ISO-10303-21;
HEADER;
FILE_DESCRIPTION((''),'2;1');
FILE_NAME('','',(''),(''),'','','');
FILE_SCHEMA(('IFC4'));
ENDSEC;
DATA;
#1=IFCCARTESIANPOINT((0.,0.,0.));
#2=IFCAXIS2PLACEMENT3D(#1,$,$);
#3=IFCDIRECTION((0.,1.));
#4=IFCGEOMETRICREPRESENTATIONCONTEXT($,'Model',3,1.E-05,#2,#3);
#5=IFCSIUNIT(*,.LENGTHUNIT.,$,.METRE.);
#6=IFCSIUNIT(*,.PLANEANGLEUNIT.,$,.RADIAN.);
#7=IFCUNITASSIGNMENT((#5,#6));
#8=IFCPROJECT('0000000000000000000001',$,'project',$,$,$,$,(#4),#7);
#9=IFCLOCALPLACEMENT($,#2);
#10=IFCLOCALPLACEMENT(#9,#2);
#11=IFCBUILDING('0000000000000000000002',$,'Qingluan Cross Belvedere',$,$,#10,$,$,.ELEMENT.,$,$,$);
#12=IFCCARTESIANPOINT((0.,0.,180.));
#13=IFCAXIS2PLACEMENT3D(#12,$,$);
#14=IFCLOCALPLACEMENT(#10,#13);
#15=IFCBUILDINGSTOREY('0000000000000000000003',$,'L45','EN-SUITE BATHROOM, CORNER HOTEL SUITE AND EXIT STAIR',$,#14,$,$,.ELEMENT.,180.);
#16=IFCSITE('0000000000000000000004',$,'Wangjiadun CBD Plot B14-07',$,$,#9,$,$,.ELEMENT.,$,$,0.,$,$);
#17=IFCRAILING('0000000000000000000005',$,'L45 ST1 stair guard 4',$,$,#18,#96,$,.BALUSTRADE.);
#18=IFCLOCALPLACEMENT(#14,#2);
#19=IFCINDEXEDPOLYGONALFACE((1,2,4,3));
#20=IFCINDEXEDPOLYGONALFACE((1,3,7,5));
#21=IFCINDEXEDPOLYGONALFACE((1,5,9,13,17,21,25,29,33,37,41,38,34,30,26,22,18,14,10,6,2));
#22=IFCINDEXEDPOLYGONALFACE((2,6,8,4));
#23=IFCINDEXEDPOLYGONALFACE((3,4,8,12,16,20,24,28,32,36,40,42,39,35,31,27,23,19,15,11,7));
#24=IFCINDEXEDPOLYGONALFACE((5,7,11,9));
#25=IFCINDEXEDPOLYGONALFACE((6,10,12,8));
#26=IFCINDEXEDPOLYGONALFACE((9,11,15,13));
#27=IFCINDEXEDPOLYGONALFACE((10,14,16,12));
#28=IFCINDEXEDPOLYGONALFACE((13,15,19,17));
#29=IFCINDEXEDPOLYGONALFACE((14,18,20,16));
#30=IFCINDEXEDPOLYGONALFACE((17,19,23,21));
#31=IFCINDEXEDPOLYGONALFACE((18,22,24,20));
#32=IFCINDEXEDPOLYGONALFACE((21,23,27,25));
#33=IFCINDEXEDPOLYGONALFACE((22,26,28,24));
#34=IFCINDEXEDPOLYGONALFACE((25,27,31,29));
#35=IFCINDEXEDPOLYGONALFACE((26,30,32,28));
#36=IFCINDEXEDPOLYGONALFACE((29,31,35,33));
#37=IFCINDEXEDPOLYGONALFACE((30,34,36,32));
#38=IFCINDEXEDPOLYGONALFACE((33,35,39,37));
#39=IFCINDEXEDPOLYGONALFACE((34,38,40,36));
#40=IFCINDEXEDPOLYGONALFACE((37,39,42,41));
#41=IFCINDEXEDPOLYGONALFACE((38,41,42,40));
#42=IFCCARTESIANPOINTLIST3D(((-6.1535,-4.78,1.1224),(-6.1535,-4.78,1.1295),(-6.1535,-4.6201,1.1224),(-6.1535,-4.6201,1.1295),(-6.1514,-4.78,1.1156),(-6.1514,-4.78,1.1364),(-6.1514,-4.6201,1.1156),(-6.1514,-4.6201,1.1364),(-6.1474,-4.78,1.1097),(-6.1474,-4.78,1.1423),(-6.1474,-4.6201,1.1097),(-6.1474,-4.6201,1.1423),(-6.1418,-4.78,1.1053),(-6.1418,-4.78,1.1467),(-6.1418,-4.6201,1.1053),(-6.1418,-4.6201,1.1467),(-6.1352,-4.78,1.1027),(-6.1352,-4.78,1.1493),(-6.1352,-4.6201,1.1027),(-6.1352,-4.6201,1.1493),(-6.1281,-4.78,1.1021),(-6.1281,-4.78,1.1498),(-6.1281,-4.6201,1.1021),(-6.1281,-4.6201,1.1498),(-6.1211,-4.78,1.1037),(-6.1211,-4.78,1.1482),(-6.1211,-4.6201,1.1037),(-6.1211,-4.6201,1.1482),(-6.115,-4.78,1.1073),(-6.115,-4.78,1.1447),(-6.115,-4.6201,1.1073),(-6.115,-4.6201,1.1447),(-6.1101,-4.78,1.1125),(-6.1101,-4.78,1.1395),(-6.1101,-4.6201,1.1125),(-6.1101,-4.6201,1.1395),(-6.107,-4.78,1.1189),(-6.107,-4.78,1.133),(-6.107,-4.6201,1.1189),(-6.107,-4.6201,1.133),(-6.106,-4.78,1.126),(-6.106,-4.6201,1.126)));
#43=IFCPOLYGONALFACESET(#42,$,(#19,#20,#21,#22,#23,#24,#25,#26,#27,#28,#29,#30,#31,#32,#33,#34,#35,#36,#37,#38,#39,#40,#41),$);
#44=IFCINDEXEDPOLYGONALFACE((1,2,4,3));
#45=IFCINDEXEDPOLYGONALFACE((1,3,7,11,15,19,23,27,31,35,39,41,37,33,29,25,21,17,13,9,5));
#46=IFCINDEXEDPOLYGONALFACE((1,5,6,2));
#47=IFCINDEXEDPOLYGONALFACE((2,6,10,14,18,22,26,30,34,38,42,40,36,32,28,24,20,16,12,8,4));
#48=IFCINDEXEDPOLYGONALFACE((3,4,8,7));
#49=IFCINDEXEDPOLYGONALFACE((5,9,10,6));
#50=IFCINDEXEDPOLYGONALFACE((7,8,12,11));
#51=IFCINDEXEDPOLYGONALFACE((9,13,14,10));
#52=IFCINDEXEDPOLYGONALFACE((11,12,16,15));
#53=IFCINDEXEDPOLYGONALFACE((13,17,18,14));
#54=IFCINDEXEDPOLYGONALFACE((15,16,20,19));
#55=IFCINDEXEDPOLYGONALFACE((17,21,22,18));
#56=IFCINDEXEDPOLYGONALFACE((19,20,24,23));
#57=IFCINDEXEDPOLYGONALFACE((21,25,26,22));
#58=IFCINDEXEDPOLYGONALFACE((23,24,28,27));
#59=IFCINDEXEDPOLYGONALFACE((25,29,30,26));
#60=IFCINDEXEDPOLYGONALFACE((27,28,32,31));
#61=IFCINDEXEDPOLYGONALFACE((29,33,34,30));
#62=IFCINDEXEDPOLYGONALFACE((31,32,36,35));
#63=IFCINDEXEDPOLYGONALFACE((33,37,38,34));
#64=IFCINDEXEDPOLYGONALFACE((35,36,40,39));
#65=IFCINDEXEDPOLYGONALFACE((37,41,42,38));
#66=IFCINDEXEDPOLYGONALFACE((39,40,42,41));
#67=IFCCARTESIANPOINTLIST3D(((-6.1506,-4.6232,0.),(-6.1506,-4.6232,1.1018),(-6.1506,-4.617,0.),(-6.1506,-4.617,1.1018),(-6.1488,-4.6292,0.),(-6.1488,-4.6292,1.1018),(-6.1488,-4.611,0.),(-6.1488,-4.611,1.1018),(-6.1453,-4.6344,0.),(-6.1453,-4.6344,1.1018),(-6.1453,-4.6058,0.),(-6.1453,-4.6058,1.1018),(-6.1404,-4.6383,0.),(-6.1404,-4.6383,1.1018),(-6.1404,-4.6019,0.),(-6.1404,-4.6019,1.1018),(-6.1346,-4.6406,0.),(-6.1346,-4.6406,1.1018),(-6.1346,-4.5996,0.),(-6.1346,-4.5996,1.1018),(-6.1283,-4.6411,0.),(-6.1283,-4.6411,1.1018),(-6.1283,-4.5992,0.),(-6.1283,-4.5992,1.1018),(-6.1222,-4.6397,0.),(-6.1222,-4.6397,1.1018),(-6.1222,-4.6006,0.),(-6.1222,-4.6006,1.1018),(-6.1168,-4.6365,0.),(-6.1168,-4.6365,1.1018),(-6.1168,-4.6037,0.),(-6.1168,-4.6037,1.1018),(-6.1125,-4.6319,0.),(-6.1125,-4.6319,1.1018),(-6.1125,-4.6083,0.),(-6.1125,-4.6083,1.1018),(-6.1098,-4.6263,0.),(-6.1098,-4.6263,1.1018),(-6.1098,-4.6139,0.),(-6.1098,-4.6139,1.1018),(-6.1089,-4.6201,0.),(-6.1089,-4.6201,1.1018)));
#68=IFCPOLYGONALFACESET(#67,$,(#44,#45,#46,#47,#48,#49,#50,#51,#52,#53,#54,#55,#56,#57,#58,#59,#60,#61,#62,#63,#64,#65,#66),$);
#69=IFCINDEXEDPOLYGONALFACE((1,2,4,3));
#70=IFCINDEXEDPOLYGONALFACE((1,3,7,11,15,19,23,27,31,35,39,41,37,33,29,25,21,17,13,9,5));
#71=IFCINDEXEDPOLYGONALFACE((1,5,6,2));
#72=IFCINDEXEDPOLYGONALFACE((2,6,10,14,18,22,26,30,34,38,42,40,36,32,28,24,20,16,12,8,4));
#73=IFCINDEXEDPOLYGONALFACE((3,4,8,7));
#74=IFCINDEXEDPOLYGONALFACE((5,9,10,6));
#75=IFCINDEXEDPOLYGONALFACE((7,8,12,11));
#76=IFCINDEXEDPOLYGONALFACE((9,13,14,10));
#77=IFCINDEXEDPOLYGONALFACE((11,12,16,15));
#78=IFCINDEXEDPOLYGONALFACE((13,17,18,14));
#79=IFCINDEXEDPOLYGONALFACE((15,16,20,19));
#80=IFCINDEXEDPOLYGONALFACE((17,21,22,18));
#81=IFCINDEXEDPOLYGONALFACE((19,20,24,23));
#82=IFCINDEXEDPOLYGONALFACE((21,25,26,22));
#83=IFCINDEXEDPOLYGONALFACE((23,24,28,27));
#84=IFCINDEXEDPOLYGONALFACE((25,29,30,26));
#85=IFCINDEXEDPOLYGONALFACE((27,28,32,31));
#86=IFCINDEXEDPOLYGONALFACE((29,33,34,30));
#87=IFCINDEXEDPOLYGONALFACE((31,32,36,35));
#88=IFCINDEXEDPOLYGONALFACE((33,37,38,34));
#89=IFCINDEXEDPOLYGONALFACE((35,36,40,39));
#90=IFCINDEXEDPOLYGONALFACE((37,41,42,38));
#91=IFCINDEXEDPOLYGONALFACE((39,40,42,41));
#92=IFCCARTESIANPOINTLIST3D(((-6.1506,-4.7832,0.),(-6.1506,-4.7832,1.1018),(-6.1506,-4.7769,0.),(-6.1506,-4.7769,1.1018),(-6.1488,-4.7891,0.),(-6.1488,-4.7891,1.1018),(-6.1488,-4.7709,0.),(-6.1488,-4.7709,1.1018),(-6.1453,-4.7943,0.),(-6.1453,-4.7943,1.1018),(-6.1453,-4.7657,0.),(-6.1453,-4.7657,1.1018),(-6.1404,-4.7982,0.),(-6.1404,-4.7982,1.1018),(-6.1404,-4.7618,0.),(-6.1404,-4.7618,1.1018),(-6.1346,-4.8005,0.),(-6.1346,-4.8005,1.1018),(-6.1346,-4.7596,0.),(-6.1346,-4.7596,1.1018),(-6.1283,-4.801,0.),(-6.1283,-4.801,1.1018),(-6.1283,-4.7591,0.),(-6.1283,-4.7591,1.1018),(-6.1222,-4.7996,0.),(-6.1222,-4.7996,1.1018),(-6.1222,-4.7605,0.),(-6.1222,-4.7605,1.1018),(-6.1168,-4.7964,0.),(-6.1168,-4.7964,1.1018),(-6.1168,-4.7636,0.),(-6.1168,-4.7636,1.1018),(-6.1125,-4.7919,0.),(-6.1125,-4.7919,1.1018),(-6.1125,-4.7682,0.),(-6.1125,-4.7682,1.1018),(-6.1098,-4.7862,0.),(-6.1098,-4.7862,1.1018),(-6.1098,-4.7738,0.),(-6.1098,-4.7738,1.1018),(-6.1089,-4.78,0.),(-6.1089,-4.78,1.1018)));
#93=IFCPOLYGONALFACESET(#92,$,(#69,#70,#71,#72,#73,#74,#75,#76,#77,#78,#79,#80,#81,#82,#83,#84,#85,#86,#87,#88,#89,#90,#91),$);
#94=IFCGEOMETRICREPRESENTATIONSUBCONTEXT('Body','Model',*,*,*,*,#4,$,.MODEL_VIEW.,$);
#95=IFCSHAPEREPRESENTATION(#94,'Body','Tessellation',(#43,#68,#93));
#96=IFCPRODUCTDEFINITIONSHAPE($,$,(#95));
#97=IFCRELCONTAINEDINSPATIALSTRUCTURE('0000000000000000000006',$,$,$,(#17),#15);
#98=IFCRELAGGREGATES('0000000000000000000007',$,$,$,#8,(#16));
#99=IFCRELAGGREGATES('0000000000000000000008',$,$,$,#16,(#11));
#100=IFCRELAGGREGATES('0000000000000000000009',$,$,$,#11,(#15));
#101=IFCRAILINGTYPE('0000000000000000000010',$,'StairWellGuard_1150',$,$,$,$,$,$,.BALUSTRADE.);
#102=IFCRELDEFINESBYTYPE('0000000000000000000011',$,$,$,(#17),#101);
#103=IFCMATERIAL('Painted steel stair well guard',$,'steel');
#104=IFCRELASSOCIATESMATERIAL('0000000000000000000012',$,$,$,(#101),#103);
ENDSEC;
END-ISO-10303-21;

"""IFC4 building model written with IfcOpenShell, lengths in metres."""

from ifc_helpers import new_model, si_unit, direction, frame, origin, origin_2d, place, context, subcontext, project, spatial, circle, extrude, material, type_object, element, save


model = new_model("IFC4")

# Units and contexts
model_context = context("Model", 3, precision=1e-05, world=origin(), true_north=direction((0.0, 1.0)))
body_context = subcontext(model_context, "Body", "Model", "MODEL_VIEW")
ifc_project = project(units=[si_unit("LENGTHUNIT", "METRE"), si_unit("PLANEANGLEUNIT", "RADIAN")], contexts=[model_context])

# Site, building, storey
site_placement = place(None, origin())
site = spatial("IfcSite", under=ifc_project, at=site_placement, Name="Wangjiadun CBD Plot B14-07", CompositionType="ELEMENT", RefElevation=0.0)
building_placement = place(site_placement, origin())
building = spatial("IfcBuilding", under=site, at=building_placement, Name="Qingluan Cross Belvedere", CompositionType="ELEMENT")
storey_placement = place(building_placement, frame((0.0, 0.0, 180.0)))
storey = spatial("IfcBuildingStorey", under=building, at=storey_placement, Name="L45", Description="EN-SUITE BATHROOM, CORNER HOTEL SUITE AND EXIT STAIR", CompositionType="ELEMENT", Elevation=180.0)

# Railing
ifc_material_1 = material(Name="Painted steel stair well guard", Category="steel")
railing_type_1 = type_object("IfcRailingType", Name="StairWellGuard_1150", PredefinedType="BALUSTRADE", material=ifc_material_1)
railing_1_placement = place(storey_placement, frame((-6.1299, -4.6201, 0.0)))
element("IfcRailing", 1, at=railing_1_placement, inside=storey, type_object=railing_type_1, Name="L45 ST1 stair guard 4", PredefinedType="BALUSTRADE", context=body_context, shape_type="SweptSolid", body=[
    extrude(circle(Radius=0.0239, at=origin_2d()), frame((0.0, 0.0, 1.126), z_axis=(0.0, -1.0, 0.0), x_axis=(1.0, 0.0, 0.0)), (0.0, 0.0, 1.0), 0.1599),
    extrude(circle(Radius=0.021, at=origin_2d()), origin(), (0.0, 0.0, 1.0), 1.1018),
    extrude(circle(Radius=0.021, at=origin_2d()), frame((0.0, -0.1599, 0.0)), (0.0, 0.0, 1.0), 1.1018),
])

save(model, "model.ifc")
